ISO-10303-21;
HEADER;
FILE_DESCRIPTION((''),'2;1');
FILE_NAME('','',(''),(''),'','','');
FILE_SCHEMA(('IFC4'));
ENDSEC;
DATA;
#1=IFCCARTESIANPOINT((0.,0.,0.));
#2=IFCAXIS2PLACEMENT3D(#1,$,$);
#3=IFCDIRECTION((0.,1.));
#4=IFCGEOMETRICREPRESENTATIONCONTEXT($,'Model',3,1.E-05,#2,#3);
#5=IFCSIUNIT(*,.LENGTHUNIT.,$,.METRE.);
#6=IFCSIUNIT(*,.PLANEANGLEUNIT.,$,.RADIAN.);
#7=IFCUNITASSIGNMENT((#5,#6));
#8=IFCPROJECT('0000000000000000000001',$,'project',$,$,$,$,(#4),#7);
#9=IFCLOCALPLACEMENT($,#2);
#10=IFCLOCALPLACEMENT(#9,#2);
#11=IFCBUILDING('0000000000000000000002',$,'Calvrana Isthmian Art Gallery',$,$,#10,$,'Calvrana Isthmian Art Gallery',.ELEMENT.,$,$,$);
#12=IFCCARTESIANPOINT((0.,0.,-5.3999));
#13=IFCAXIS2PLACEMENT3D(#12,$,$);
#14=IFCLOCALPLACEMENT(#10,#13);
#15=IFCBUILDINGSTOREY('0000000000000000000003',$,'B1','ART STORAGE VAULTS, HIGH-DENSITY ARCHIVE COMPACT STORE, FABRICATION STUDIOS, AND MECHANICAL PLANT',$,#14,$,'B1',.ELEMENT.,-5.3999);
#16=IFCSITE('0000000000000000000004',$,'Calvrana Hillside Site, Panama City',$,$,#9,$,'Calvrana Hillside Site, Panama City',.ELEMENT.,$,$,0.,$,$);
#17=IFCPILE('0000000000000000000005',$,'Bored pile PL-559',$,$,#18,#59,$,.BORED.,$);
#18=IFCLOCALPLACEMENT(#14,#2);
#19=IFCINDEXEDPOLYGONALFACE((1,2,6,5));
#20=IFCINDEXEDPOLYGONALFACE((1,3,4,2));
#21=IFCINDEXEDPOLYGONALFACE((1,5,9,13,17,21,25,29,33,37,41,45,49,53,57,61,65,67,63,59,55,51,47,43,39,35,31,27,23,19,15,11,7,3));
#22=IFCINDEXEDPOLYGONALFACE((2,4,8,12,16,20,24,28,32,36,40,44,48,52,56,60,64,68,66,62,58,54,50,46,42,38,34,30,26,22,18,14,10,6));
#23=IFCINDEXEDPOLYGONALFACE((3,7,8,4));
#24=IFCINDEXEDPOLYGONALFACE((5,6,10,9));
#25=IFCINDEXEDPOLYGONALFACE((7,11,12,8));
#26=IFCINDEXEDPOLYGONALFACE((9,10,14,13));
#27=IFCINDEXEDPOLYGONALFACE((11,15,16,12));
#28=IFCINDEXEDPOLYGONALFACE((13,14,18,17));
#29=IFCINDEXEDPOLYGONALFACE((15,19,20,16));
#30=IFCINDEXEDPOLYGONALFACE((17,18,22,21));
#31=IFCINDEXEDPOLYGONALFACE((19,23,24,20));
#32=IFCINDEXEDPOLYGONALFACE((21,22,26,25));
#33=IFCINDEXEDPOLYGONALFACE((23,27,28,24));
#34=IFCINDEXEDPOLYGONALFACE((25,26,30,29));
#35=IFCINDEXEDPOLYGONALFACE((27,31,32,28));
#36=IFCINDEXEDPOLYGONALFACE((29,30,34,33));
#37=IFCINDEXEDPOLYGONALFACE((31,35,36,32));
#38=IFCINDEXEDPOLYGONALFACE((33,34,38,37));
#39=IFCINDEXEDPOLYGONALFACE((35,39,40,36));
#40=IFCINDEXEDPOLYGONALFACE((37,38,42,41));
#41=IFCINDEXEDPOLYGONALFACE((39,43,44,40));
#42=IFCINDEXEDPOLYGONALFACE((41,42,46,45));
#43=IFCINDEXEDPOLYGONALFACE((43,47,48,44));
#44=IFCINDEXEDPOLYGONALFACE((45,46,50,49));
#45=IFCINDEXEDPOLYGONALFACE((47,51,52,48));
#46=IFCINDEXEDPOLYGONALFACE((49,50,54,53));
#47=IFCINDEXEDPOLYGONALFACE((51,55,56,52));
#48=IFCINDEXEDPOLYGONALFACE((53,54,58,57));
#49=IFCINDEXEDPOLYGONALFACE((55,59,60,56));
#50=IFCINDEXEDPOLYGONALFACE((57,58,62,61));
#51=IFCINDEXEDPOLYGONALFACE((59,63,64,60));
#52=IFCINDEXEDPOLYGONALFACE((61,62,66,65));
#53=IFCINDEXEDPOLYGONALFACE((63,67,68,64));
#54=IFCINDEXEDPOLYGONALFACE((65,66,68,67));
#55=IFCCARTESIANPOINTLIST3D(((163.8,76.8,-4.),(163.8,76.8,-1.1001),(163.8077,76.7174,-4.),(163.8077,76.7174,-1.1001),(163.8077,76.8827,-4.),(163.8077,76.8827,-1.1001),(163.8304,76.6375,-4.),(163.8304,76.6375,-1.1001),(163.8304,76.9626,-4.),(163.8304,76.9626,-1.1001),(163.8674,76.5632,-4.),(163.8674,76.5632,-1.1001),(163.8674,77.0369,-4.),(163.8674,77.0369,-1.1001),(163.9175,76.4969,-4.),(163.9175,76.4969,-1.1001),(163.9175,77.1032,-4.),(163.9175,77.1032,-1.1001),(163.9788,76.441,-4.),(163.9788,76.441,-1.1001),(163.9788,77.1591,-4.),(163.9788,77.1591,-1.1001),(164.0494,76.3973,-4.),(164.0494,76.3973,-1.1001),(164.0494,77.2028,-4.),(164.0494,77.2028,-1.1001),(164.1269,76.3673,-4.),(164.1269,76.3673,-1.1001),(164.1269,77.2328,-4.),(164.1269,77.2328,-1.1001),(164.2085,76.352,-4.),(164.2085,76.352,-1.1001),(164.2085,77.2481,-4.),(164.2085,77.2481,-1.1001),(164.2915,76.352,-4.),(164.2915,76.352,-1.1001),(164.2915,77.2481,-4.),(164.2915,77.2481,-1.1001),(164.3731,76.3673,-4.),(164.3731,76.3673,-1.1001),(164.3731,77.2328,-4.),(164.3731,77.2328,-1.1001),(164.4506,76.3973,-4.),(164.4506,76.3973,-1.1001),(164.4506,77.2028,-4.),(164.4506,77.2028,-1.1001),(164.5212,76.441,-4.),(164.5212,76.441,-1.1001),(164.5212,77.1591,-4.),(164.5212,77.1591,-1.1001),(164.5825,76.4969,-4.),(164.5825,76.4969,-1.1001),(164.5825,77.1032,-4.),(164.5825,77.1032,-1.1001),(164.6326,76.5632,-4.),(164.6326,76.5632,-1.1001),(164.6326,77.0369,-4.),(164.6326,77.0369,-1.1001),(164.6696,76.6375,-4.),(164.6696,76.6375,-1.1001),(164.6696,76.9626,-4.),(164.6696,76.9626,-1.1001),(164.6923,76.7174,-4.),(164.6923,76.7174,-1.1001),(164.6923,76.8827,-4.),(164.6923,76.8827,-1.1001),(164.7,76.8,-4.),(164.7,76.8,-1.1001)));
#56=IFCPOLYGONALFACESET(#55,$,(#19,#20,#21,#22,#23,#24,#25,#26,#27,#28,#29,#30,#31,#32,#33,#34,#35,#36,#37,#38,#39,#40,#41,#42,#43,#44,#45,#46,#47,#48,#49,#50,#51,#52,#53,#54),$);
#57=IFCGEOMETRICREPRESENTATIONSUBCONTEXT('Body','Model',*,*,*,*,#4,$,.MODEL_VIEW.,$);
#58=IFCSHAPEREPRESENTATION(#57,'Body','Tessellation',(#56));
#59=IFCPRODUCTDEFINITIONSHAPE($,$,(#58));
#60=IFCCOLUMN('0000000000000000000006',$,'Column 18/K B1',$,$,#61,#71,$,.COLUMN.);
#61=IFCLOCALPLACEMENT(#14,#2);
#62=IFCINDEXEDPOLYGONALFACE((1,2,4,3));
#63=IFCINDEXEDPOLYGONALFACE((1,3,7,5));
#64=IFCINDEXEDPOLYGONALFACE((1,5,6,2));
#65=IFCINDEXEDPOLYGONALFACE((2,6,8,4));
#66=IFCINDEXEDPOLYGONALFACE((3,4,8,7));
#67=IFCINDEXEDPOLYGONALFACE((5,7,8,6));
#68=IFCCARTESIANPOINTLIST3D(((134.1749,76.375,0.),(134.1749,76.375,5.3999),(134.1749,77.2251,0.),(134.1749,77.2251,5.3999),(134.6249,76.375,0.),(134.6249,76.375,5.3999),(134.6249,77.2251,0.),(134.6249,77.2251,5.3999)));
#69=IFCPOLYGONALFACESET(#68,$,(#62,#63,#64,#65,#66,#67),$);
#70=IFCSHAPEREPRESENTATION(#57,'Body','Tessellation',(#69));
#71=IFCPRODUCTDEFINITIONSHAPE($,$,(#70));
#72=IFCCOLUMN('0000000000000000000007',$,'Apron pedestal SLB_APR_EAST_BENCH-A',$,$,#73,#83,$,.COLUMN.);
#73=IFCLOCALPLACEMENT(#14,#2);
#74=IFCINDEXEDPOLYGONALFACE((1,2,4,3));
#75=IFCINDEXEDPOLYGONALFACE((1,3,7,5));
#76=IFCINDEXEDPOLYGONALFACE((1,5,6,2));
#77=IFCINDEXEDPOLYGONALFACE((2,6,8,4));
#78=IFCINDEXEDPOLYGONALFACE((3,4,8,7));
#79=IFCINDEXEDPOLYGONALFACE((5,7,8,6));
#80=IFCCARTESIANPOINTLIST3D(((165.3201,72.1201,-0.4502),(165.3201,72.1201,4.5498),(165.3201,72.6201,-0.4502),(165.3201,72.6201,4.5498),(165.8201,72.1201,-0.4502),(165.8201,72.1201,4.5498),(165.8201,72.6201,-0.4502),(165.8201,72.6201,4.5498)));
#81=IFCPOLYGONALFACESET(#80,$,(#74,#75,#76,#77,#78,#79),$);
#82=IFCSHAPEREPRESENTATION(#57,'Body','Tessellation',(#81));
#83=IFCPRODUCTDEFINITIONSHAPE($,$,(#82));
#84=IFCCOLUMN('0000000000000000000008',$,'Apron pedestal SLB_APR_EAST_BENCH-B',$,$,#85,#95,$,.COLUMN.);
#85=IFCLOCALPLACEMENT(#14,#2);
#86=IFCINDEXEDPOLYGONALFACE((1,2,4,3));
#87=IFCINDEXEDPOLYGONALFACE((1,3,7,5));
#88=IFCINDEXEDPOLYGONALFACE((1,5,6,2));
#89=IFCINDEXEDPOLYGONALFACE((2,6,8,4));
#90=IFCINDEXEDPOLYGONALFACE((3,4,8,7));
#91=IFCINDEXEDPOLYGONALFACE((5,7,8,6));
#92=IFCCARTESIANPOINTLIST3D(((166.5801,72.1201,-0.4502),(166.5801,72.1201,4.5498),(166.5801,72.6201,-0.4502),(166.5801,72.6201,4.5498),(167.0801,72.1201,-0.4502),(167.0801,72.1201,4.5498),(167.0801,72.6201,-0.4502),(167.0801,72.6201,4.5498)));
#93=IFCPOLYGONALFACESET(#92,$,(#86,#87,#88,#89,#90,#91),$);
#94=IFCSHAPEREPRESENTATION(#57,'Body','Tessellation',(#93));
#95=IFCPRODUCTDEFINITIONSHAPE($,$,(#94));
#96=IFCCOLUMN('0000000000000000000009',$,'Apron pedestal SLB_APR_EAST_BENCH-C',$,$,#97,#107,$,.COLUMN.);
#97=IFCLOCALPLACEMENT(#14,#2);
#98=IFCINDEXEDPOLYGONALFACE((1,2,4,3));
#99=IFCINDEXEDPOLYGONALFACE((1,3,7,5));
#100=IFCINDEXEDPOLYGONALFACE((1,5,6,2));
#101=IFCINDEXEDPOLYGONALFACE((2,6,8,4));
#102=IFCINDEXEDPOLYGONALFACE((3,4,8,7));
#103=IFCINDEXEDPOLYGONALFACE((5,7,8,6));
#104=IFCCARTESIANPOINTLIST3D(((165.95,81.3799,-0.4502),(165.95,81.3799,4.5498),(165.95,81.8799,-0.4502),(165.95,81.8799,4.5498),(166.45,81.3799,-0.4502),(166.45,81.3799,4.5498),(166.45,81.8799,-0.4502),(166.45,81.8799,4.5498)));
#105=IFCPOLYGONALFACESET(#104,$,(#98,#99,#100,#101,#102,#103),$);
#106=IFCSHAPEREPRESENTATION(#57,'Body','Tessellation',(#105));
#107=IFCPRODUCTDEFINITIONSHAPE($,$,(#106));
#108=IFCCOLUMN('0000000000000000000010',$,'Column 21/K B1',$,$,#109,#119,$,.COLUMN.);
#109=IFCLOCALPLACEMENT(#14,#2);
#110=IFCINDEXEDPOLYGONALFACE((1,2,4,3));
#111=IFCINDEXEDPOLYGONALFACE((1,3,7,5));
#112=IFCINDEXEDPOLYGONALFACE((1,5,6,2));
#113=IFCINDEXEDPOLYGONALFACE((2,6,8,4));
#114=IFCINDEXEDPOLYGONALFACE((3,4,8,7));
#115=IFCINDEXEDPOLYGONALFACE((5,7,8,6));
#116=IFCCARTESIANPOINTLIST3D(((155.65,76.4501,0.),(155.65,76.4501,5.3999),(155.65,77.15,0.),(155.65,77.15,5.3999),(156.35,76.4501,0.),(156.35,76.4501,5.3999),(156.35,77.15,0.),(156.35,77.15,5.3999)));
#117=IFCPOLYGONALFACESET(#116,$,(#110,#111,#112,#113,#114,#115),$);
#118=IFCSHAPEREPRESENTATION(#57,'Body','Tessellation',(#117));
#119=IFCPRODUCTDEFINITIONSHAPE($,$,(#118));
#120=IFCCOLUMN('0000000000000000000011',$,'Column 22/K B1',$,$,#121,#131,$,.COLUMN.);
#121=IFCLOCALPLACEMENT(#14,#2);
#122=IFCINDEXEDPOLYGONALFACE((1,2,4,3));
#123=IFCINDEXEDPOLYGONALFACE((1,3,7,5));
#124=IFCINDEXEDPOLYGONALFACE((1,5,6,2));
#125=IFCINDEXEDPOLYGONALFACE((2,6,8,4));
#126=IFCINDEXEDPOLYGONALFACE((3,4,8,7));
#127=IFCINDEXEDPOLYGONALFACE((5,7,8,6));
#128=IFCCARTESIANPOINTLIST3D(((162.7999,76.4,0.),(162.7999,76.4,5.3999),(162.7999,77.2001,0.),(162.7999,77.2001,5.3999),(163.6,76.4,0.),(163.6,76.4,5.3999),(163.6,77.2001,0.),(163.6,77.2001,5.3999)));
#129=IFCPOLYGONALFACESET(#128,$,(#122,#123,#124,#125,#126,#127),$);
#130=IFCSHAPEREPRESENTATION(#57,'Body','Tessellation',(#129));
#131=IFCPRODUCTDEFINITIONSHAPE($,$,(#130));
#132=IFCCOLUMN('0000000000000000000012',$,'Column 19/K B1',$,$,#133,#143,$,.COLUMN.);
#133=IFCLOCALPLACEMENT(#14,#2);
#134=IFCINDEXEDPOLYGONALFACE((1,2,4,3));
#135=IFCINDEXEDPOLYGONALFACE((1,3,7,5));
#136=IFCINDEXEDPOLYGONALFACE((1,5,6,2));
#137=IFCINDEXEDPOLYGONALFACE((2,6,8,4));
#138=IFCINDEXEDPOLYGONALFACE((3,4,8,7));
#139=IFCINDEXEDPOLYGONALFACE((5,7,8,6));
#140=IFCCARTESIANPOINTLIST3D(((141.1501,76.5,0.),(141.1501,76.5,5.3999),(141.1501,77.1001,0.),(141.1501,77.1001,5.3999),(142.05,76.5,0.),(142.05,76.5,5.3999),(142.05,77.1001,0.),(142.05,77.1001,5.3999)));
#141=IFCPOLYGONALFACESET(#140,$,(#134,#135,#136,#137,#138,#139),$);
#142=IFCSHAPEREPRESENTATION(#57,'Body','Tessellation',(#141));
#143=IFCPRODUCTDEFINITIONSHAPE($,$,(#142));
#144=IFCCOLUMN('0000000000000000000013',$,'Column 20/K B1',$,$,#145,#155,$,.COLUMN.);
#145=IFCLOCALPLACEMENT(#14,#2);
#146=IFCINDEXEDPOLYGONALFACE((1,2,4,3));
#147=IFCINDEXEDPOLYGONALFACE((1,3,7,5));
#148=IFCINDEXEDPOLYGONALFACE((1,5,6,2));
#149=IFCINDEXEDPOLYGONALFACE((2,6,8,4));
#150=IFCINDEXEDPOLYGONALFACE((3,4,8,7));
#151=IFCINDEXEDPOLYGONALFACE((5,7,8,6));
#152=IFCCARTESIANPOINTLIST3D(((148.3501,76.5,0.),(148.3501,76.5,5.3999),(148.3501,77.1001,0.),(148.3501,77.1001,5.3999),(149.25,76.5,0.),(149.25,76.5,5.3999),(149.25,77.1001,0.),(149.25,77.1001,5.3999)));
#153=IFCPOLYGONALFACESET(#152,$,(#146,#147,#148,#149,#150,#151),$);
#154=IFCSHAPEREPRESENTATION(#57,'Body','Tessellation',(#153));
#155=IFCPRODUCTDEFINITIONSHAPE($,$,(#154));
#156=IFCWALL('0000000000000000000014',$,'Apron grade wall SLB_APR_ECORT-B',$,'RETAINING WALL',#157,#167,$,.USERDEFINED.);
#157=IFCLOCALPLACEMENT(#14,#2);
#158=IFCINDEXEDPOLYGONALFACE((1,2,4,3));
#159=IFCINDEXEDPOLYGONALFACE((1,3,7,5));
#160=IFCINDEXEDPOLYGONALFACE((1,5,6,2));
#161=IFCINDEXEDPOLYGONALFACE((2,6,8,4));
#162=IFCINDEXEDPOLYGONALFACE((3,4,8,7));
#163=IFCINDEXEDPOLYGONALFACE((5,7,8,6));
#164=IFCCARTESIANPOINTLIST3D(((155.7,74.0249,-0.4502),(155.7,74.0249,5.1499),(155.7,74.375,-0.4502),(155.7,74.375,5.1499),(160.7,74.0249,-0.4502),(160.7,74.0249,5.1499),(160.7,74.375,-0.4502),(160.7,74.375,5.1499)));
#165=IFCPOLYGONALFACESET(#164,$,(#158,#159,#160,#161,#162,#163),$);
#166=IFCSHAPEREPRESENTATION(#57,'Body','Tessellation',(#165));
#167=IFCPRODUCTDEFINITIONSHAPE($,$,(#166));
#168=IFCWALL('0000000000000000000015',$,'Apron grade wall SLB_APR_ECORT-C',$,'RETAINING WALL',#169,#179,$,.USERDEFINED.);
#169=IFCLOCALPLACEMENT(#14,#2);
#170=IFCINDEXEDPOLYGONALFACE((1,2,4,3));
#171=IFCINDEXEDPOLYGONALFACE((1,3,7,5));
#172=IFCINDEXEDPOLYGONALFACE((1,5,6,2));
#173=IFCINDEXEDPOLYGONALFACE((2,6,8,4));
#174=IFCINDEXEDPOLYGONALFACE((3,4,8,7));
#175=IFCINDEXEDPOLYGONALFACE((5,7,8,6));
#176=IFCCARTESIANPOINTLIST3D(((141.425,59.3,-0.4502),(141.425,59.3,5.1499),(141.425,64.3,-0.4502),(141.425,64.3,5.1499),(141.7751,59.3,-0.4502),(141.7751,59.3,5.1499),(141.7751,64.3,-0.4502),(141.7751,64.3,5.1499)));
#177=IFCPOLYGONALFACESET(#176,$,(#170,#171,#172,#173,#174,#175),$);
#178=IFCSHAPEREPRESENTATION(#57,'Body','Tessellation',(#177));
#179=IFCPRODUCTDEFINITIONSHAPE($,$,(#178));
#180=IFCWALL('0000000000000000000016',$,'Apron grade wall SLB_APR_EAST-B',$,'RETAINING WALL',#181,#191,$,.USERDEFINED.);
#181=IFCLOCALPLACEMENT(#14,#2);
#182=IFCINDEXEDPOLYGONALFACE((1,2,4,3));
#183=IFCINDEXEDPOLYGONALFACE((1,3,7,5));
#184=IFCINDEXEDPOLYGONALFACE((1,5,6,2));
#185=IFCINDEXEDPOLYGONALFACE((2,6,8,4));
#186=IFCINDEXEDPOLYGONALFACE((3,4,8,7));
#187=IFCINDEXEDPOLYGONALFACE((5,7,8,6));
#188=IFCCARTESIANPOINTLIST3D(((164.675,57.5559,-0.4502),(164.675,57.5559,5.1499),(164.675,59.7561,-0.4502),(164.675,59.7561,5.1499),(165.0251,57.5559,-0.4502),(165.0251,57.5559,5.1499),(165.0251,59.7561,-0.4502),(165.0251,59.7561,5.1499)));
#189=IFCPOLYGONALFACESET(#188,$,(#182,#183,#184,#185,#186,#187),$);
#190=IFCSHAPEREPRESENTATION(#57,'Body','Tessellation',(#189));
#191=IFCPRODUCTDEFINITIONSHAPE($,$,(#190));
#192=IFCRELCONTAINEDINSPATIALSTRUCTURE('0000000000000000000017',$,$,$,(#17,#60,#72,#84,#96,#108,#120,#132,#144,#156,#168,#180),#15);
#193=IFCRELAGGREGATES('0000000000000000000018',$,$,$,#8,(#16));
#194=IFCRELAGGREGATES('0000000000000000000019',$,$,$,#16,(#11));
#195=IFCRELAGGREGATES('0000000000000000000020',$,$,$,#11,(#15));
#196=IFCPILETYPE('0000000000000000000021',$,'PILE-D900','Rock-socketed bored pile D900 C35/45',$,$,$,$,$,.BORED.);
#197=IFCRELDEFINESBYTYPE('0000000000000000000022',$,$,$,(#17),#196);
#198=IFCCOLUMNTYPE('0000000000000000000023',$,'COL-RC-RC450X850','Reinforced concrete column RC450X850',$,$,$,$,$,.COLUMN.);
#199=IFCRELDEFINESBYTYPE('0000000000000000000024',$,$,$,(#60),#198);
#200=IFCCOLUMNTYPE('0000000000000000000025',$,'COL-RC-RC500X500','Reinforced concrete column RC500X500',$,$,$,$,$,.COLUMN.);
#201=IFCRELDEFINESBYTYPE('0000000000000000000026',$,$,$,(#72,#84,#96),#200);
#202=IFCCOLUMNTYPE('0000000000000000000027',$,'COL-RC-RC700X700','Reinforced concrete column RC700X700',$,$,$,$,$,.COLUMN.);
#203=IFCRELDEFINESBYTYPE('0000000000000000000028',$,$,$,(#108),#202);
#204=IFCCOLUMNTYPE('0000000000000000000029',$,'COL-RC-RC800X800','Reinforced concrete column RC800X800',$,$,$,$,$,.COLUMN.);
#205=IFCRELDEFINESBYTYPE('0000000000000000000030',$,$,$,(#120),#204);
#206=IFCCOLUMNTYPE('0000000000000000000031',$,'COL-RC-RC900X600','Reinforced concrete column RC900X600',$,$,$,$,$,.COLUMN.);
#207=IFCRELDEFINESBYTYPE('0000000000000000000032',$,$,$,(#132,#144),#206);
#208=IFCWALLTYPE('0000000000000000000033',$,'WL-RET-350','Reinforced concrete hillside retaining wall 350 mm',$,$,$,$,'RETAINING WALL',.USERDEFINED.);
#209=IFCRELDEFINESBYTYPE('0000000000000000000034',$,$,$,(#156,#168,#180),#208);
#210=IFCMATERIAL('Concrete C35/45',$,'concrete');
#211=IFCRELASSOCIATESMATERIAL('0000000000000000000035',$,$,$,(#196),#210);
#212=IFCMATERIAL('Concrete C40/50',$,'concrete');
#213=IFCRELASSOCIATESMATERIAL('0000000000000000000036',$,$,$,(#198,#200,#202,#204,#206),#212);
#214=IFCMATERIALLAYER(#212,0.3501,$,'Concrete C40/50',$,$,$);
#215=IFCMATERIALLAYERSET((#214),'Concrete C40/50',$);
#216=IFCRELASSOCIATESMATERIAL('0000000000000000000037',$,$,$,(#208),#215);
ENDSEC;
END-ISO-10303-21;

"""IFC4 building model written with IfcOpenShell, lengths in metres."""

from ifc_helpers import new_model, si_unit, direction, frame, frame_2d, origin, origin_2d, place, context, subcontext, project, spatial, rectangle, circle, extrude, material, layer, layer_set, material_profile, profile_set, type_object, element, save


model = new_model("IFC4")

# Units and contexts
model_context = context("Model", 3, precision=1e-05, world=origin(), true_north=direction((0.0, 1.0)))
body_context = subcontext(model_context, "Body", "Model", "MODEL_VIEW")
ifc_project = project(units=[si_unit("LENGTHUNIT", "METRE"), si_unit("PLANEANGLEUNIT", "RADIAN")], contexts=[model_context])

# Site, building, storey
site_placement = place(None, origin())
site = spatial("IfcSite", under=ifc_project, at=site_placement, Name="Calvrana Hillside Site, Panama City", LongName="Calvrana Hillside Site, Panama City", CompositionType="ELEMENT", RefElevation=0.0)
building_placement = place(site_placement, origin())
building = spatial("IfcBuilding", under=site, at=building_placement, Name="Calvrana Isthmian Art Gallery", LongName="Calvrana Isthmian Art Gallery", CompositionType="ELEMENT")
storey_placement = place(building_placement, frame((0.0, 0.0, -5.3999)))
storey = spatial("IfcBuildingStorey", under=building, at=storey_placement, Name="B1", Description="ART STORAGE VAULTS, HIGH-DENSITY ARCHIVE COMPACT STORE, FABRICATION STUDIOS, AND MECHANICAL PLANT", LongName="B1", CompositionType="ELEMENT", Elevation=-5.3999)

# Shared definitions
ifc_material_1 = material(Name="Concrete C35/45", Category="concrete")

# Pile
ifc_material_profile_1 = material_profile(ifc_material_1, circle(Radius=0.45, at=origin_2d()), Name="PILE900D")
ifc_profile_set_1 = profile_set([ifc_material_profile_1], Name="Concrete C35/45")
pile_type_1 = type_object("IfcPileType", Name="PILE-D900", Description="Rock-socketed bored pile D900 C35/45", PredefinedType="BORED", material=ifc_profile_set_1)
for number, where, z_axis, x_axis, name in (
    (1, (164.25, 76.8, -1.1001), (0.0, 0.0, -1.0), (1.0, 0.0, 0.0), "Bored pile PL-559"),
):
    element("IfcPile", number, at=place(storey_placement, frame(where, z_axis=z_axis, x_axis=x_axis)), inside=storey, type_object=pile_type_1, Name=name, PredefinedType="BORED", context=body_context, shape_type="SweptSolid", body=[
        extrude(circle(Radius=0.45, at=origin_2d()), origin(), (0.0, 0.0, 1.0), 2.8999),
    ])

# Columns
ifc_material_2 = material(Name="Concrete C40/50", Category="concrete")
ifc_material_profile_2 = material_profile(ifc_material_2, rectangle(XDim=0.45, YDim=0.8501, at=origin_2d()), Name="RC450X850")
ifc_profile_set_2 = profile_set([ifc_material_profile_2], Name="Concrete C40/50")
column_type_1 = type_object("IfcColumnType", Name="COL-RC-RC450X850", Description="Reinforced concrete column RC450X850", PredefinedType="COLUMN", material=ifc_profile_set_2)
column_1_placement = place(storey_placement, frame((134.3999, 76.8, 0.0), z_axis=(0.0, 0.0, 1.0), x_axis=(1.0, 0.0, 0.0)))
element("IfcColumn", 2, at=column_1_placement, inside=storey, type_object=column_type_1, Name="Column 18/K B1", PredefinedType="COLUMN", context=body_context, shape_type="SweptSolid", body=[
    extrude(rectangle(XDim=0.45, YDim=0.8501, at=origin_2d()), origin(), (0.0, 0.0, 1.0), 5.3999),
])
ifc_material_profile_3 = material_profile(ifc_material_2, rectangle(XDim=0.5, YDim=0.5, at=origin_2d()), Name="RC500X500")
ifc_profile_set_3 = profile_set([ifc_material_profile_3], Name="Concrete C40/50")
column_type_2 = type_object("IfcColumnType", Name="COL-RC-RC500X500", Description="Reinforced concrete column RC500X500", PredefinedType="COLUMN", material=ifc_profile_set_3)
for number, where, z_axis, x_axis, name in (
    (3, (165.5701, 72.3701, -0.4502), (0.0, 0.0, 1.0), (1.0, 0.0, 0.0), "Apron pedestal SLB_APR_EAST_BENCH-A"),
    (4, (166.8301, 72.3701, -0.4502), (0.0, 0.0, 1.0), (1.0, 0.0, 0.0), "Apron pedestal SLB_APR_EAST_BENCH-B"),
    (5, (166.2, 81.6299, -0.4502), (0.0, 0.0, 1.0), (1.0, 0.0, 0.0), "Apron pedestal SLB_APR_EAST_BENCH-C"),
):
    element("IfcColumn", number, at=place(storey_placement, frame(where, z_axis=z_axis, x_axis=x_axis)), inside=storey, type_object=column_type_2, Name=name, PredefinedType="COLUMN", context=body_context, shape_type="SweptSolid", body=[
        extrude(rectangle(XDim=0.5, YDim=0.5, at=origin_2d()), origin(), (0.0, 0.0, 1.0), 5.0),
    ])
ifc_material_profile_4 = material_profile(ifc_material_2, rectangle(XDim=0.7, YDim=0.7, at=origin_2d()), Name="RC700X700")
ifc_profile_set_4 = profile_set([ifc_material_profile_4], Name="Concrete C40/50")
column_type_3 = type_object("IfcColumnType", Name="COL-RC-RC700X700", Description="Reinforced concrete column RC700X700", PredefinedType="COLUMN", material=ifc_profile_set_4)
column_2_placement = place(storey_placement, frame((156.0, 76.8, 0.0), z_axis=(0.0, 0.0, 1.0), x_axis=(1.0, 0.0, 0.0)))
element("IfcColumn", 6, at=column_2_placement, inside=storey, type_object=column_type_3, Name="Column 21/K B1", PredefinedType="COLUMN", context=body_context, shape_type="SweptSolid", body=[
    extrude(rectangle(XDim=0.7, YDim=0.7, at=origin_2d()), origin(), (0.0, 0.0, 1.0), 5.3999),
])
ifc_material_profile_5 = material_profile(ifc_material_2, rectangle(XDim=0.8, YDim=0.8, at=origin_2d()), Name="RC800X800")
ifc_profile_set_5 = profile_set([ifc_material_profile_5], Name="Concrete C40/50")
column_type_4 = type_object("IfcColumnType", Name="COL-RC-RC800X800", Description="Reinforced concrete column RC800X800", PredefinedType="COLUMN", material=ifc_profile_set_5)
column_3_placement = place(storey_placement, frame((163.2, 76.8, 0.0), z_axis=(0.0, 0.0, 1.0), x_axis=(1.0, 0.0, 0.0)))
element("IfcColumn", 7, at=column_3_placement, inside=storey, type_object=column_type_4, Name="Column 22/K B1", PredefinedType="COLUMN", context=body_context, shape_type="SweptSolid", body=[
    extrude(rectangle(XDim=0.8, YDim=0.8, at=origin_2d()), origin(), (0.0, 0.0, 1.0), 5.3999),
])
ifc_material_profile_6 = material_profile(ifc_material_2, rectangle(XDim=0.8999, YDim=0.6001, at=origin_2d()), Name="RC900X600")
ifc_profile_set_6 = profile_set([ifc_material_profile_6], Name="Concrete C40/50")
column_type_5 = type_object("IfcColumnType", Name="COL-RC-RC900X600", Description="Reinforced concrete column RC900X600", PredefinedType="COLUMN", material=ifc_profile_set_6)
for number, where, z_axis, x_axis, name in (
    (8, (141.6001, 76.8, 0.0), (0.0, 0.0, 1.0), (1.0, 0.0, 0.0), "Column 19/K B1"),
    (9, (148.8, 76.8, 0.0), (0.0, 0.0, 1.0), (1.0, 0.0, 0.0), "Column 20/K B1"),
):
    element("IfcColumn", number, at=place(storey_placement, frame(where, z_axis=z_axis, x_axis=x_axis)), inside=storey, type_object=column_type_5, Name=name, PredefinedType="COLUMN", context=body_context, shape_type="SweptSolid", body=[
        extrude(rectangle(XDim=0.8999, YDim=0.6001, at=origin_2d()), origin(), (0.0, 0.0, 1.0), 5.3999),
    ])

# Walls
ifc_layer = layer(ifc_material_2, 0.3501, Name="Concrete C40/50")
ifc_layer_set = layer_set([ifc_layer], Name="Concrete C40/50")
wall_type = type_object("IfcWallType", Name="WL-RET-350", Description="Reinforced concrete hillside retaining wall 350 mm", ElementType="RETAINING WALL", PredefinedType="USERDEFINED", material=ifc_layer_set)
for number, where, z_axis, x_axis, name in (
    (10, (155.7, 74.2, -0.4502), (0.0, 0.0, 1.0), (1.0, 0.0, 0.0), "Apron grade wall SLB_APR_ECORT-B"),
    (11, (141.6001, 59.3, -0.4502), (0.0, 0.0, 1.0), (0.0, 1.0, 0.0), "Apron grade wall SLB_APR_ECORT-C"),
):
    element("IfcWall", number, at=place(storey_placement, frame(where, z_axis=z_axis, x_axis=x_axis)), inside=storey, type_object=wall_type, Name=name, ObjectType="RETAINING WALL", PredefinedType="USERDEFINED", context=body_context, shape_type="SweptSolid", body=[
        extrude(rectangle(XDim=5.0, YDim=0.3501, at=frame_2d((2.5, 0.0))), origin(), (0.0, 0.0, 1.0), 5.6001),
    ])
wall_placement = place(storey_placement, frame((164.8501, 57.5559, -0.4502), z_axis=(0.0, 0.0, 1.0), x_axis=(0.0, 1.0, 0.0)))
element("IfcWall", 12, at=wall_placement, inside=storey, type_object=wall_type, Name="Apron grade wall SLB_APR_EAST-B", ObjectType="RETAINING WALL", PredefinedType="USERDEFINED", context=body_context, shape_type="SweptSolid", body=[
    extrude(rectangle(XDim=2.2002, YDim=0.3501, at=frame_2d((1.1001, 0.0))), origin(), (0.0, 0.0, 1.0), 5.6001),
])

save(model, "model.ifc")
